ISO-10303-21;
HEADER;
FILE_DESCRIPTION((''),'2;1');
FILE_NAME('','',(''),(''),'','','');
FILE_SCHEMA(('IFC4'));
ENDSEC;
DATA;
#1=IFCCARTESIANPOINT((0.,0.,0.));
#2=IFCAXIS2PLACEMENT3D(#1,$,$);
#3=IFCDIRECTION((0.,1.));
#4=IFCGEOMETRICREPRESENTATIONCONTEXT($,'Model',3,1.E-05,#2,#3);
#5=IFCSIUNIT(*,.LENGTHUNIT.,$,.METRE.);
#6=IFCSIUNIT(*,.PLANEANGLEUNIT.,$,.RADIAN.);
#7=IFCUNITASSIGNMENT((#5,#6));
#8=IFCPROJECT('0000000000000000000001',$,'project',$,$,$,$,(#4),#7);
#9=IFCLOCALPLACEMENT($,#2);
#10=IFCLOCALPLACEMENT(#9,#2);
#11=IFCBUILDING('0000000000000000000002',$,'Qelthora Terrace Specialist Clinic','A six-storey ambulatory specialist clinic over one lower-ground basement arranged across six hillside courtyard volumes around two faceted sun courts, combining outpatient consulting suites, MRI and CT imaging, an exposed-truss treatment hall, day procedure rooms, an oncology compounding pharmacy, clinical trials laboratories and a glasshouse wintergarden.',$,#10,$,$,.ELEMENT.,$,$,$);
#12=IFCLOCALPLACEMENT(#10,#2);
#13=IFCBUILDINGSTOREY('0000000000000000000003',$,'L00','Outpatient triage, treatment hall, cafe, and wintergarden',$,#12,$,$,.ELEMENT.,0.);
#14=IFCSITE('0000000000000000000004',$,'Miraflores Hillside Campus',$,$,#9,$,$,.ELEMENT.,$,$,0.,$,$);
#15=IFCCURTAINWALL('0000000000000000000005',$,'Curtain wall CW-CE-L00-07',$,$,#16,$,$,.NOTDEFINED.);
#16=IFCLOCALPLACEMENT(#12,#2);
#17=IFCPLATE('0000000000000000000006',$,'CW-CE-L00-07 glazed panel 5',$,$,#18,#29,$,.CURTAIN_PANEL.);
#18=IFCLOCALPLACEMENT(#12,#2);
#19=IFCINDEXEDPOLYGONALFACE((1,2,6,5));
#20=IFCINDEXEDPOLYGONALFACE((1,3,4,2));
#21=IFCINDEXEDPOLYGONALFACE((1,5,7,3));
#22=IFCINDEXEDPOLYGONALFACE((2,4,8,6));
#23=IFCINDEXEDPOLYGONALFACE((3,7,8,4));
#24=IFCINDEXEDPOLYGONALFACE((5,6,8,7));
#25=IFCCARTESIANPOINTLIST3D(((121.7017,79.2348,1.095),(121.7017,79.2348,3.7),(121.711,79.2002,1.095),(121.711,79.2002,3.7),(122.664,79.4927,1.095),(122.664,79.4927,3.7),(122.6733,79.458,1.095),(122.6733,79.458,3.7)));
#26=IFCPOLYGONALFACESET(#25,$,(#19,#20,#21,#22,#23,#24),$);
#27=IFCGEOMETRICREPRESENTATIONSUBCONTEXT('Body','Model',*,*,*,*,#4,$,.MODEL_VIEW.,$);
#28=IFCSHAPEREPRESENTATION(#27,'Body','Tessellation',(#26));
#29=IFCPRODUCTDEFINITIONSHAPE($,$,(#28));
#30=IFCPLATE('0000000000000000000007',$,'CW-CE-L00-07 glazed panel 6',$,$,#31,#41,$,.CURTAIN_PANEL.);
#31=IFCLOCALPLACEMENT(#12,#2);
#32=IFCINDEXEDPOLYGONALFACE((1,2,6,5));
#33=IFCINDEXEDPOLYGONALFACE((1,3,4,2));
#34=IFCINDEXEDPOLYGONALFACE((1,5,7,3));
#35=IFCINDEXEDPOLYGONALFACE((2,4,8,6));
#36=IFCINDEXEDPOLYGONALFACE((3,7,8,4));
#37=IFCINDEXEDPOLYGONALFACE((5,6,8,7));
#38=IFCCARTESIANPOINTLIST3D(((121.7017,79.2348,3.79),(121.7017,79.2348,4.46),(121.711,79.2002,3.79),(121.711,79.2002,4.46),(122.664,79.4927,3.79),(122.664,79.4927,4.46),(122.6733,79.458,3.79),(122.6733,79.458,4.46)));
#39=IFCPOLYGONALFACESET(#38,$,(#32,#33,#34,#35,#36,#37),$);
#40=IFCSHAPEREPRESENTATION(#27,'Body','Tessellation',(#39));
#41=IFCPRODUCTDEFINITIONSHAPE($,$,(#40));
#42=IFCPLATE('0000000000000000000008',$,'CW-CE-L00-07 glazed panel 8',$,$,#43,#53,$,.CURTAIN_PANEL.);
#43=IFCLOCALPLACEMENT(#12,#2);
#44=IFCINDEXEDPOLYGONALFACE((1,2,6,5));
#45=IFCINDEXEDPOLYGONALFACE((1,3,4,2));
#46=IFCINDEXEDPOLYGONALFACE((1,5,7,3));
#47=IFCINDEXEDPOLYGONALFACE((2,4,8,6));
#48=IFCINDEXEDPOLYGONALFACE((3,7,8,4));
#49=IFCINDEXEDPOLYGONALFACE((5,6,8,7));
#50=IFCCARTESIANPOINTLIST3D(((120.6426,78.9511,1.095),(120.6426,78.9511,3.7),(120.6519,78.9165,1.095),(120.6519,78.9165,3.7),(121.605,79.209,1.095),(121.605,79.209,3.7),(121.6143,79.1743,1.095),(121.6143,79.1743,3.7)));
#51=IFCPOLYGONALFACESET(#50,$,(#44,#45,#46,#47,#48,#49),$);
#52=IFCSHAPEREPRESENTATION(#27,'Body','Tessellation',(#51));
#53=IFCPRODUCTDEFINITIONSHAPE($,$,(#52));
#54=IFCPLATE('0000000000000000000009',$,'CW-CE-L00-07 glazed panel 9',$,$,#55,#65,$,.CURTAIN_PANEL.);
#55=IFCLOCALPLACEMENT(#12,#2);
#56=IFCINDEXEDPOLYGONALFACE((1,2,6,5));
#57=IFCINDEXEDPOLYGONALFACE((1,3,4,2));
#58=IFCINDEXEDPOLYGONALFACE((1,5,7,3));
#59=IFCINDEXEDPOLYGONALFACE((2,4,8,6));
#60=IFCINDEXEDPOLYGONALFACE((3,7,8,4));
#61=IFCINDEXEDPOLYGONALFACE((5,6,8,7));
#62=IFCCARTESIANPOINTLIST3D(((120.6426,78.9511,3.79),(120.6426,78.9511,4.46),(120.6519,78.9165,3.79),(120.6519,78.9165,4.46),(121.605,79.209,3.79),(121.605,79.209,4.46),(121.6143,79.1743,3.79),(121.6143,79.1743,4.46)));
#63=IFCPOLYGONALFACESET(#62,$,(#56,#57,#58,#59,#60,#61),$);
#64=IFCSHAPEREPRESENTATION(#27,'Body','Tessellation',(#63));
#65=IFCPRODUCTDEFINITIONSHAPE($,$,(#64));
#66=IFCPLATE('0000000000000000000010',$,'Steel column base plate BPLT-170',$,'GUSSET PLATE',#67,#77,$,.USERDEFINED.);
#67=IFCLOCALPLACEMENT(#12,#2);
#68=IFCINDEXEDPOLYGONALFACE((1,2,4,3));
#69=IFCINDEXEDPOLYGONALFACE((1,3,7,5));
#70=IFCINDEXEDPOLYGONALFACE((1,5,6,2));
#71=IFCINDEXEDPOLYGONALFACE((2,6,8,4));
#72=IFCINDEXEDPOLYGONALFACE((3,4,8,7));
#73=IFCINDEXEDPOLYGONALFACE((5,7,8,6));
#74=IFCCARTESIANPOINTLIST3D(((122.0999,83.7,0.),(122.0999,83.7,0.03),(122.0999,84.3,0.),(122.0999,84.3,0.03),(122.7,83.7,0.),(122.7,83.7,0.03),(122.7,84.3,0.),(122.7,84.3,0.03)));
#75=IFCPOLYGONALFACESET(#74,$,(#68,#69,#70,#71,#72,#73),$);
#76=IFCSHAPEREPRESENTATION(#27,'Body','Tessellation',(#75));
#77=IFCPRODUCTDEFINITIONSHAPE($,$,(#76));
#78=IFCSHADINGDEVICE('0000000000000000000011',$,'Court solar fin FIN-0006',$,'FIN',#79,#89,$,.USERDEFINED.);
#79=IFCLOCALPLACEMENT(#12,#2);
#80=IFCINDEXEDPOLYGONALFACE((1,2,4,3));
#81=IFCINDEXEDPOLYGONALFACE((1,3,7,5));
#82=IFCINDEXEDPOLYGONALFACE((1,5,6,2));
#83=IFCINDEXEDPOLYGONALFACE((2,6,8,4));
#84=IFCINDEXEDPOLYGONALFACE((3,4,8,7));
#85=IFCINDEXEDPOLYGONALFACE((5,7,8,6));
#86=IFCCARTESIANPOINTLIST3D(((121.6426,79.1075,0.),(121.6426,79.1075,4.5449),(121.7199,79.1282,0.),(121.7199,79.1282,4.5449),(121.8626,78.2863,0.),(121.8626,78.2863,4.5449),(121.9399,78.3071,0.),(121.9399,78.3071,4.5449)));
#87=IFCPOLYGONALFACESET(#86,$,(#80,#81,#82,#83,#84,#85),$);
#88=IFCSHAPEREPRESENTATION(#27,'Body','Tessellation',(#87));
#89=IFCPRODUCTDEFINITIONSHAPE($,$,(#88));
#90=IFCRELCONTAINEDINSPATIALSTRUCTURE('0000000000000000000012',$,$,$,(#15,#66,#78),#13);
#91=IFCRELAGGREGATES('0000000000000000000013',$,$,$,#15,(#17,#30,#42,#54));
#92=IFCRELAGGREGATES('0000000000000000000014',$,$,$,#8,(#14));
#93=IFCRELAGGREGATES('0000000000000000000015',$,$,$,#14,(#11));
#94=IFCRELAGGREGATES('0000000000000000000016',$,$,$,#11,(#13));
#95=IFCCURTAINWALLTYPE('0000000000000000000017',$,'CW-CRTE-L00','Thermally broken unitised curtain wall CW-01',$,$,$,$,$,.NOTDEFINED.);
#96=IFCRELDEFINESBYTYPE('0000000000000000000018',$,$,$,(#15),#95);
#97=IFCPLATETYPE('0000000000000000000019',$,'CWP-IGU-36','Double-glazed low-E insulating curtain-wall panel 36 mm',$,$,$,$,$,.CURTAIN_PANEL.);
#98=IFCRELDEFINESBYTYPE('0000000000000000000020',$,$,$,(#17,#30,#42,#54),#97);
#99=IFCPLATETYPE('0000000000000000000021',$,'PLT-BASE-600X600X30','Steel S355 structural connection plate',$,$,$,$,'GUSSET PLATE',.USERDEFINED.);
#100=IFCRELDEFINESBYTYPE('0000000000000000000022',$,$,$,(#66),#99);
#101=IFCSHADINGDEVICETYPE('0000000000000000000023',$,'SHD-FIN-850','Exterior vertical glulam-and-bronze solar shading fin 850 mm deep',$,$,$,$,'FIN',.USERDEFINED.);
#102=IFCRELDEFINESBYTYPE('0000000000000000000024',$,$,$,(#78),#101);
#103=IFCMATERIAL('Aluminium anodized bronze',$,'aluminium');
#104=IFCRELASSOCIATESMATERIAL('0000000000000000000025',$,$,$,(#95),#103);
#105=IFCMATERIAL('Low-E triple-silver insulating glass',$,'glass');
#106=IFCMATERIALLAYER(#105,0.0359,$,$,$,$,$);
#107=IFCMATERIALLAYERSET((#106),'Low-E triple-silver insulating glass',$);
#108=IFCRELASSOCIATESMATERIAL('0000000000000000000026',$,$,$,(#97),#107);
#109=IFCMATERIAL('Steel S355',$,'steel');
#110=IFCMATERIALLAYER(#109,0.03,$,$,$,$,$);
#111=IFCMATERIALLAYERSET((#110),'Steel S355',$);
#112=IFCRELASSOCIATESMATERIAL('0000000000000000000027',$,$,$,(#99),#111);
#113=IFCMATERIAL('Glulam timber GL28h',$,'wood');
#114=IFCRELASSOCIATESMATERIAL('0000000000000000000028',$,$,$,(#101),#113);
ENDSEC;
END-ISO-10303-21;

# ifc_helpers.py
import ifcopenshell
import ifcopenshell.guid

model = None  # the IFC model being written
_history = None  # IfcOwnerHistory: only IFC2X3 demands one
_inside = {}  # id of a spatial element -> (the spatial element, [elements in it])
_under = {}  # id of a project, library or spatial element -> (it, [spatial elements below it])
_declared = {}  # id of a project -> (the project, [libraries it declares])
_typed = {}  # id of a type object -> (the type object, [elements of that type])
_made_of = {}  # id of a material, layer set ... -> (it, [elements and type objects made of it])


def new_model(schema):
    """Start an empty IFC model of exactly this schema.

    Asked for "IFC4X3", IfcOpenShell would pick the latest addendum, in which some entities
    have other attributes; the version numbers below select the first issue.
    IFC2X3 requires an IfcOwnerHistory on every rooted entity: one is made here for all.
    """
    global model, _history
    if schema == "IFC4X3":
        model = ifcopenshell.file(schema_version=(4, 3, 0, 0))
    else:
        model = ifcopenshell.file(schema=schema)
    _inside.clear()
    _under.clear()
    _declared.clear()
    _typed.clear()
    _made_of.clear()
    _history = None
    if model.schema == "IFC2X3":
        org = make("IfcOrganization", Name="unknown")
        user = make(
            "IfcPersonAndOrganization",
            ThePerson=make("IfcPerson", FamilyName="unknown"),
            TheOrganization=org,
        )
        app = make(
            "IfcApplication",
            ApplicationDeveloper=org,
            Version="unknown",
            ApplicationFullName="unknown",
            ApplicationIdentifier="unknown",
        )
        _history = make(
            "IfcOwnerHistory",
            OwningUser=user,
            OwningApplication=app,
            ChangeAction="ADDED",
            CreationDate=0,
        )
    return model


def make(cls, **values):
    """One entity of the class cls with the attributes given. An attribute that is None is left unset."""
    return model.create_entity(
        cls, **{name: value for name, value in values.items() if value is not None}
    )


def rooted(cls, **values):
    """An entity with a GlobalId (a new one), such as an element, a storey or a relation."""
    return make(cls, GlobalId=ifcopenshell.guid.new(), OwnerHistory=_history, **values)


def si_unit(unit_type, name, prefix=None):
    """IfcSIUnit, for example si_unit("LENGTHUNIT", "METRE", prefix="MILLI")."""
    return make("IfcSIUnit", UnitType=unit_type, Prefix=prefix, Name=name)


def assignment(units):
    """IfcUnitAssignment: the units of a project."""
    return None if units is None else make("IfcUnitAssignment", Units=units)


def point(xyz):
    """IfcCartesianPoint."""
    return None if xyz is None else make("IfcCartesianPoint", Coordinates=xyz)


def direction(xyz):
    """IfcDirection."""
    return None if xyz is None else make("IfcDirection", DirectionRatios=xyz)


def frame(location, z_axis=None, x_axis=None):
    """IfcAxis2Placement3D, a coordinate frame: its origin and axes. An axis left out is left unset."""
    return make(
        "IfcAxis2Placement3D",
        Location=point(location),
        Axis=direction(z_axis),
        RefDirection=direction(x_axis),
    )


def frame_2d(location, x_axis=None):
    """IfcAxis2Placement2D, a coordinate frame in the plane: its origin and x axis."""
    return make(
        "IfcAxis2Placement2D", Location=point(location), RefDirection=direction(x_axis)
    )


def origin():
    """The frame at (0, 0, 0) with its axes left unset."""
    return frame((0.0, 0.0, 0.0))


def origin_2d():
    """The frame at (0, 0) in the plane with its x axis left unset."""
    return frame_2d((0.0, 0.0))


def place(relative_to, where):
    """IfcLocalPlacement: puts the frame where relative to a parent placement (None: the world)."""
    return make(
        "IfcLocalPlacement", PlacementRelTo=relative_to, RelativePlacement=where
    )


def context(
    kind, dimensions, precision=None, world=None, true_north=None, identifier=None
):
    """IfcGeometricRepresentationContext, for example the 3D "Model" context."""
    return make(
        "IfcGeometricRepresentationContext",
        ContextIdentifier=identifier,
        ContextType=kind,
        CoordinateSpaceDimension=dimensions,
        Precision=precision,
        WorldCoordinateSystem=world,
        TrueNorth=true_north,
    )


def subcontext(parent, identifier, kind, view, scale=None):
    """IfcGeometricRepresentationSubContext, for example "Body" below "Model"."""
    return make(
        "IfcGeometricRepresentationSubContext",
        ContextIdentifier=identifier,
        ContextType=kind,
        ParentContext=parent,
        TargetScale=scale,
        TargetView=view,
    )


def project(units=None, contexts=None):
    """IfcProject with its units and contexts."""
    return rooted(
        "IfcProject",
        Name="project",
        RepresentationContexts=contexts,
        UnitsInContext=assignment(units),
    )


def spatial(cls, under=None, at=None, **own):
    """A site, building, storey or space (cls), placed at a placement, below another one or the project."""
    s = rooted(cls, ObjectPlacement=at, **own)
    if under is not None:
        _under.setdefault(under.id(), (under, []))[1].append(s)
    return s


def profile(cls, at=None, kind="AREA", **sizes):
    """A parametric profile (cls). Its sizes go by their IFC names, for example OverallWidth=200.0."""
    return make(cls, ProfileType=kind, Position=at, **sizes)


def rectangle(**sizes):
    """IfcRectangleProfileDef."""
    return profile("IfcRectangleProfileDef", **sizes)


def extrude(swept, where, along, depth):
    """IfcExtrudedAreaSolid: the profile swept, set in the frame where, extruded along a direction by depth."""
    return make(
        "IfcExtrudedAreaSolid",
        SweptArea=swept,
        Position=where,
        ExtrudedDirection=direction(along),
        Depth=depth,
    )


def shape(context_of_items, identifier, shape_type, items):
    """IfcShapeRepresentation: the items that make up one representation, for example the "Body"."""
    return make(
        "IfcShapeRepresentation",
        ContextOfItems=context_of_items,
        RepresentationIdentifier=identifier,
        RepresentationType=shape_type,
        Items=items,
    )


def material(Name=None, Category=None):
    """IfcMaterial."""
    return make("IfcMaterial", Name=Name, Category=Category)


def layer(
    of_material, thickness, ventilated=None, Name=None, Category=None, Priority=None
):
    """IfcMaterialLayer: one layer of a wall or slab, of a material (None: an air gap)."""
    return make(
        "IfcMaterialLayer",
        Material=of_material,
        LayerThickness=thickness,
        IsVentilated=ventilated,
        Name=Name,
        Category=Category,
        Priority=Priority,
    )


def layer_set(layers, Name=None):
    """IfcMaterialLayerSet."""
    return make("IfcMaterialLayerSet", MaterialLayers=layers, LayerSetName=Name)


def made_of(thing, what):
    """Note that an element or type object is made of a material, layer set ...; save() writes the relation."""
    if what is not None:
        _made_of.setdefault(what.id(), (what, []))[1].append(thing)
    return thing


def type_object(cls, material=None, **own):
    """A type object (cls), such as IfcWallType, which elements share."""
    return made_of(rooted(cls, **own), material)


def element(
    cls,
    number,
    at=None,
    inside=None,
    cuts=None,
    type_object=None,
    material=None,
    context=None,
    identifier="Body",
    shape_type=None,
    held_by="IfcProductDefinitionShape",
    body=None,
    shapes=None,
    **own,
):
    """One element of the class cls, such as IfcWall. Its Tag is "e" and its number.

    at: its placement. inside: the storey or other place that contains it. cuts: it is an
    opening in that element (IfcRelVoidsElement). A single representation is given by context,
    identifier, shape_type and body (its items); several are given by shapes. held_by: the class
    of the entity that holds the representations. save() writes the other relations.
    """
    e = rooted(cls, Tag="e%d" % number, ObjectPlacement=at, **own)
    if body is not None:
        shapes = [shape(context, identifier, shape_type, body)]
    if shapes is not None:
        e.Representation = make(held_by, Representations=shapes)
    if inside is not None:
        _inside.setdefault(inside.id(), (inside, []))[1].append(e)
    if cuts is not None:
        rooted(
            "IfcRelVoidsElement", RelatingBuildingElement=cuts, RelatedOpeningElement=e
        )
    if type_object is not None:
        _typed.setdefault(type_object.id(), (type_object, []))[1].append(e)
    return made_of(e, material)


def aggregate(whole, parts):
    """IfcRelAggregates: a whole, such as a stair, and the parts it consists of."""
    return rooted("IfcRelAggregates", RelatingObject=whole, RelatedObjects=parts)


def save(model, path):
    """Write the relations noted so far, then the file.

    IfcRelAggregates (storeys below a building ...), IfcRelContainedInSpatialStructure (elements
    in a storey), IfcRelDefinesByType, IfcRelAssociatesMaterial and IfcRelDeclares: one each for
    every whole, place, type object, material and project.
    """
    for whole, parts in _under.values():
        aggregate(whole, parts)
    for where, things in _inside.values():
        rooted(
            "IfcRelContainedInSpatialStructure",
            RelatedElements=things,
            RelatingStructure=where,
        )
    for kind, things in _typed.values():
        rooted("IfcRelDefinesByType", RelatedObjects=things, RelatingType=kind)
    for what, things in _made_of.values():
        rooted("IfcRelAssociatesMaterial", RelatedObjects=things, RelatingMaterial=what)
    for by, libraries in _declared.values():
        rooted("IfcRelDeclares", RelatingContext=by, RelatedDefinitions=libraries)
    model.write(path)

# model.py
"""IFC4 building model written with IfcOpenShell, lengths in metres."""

from ifc_helpers import new_model, si_unit, direction, frame, origin, origin_2d, place, context, subcontext, project, spatial, rectangle, extrude, material, layer, layer_set, type_object, element, aggregate, save


model = new_model("IFC4")

# Units and contexts
model_context = context("Model", 3, precision=1e-05, world=origin(), true_north=direction((0.0, 1.0)))
body_context = subcontext(model_context, "Body", "Model", "MODEL_VIEW")
ifc_project = project(units=[si_unit("LENGTHUNIT", "METRE"), si_unit("PLANEANGLEUNIT", "RADIAN")], contexts=[model_context])

# Site, building, storey
site_placement = place(None, origin())
site = spatial("IfcSite", under=ifc_project, at=site_placement, Name="Miraflores Hillside Campus", CompositionType="ELEMENT", RefElevation=0.0)
building_placement = place(site_placement, origin())
building = spatial("IfcBuilding", under=site, at=building_placement, Name="Qelthora Terrace Specialist Clinic", Description="A six-storey ambulatory specialist clinic over one lower-ground basement arranged across six hillside courtyard volumes around two faceted sun courts, combining outpatient consulting suites, MRI and CT imaging, an exposed-truss treatment hall, day procedure rooms, an oncology compounding pharmacy, clinical trials laboratories and a glasshouse wintergarden.", CompositionType="ELEMENT")
storey_placement = place(building_placement, origin())
storey = spatial("IfcBuildingStorey", under=building, at=storey_placement, Name="L00", Description="Outpatient triage, treatment hall, cafe, and wintergarden", CompositionType="ELEMENT", Elevation=0.0)

# Shared definitions
ifc_material_1 = material(Name="Steel S355", Category="steel")

# Curtain wall
ifc_material_2 = material(Name="Aluminium anodized bronze", Category="aluminium")
curtain_wall_type = type_object("IfcCurtainWallType", Name="CW-CRTE-L00", Description="Thermally broken unitised curtain wall CW-01", PredefinedType="NOTDEFINED", material=ifc_material_2)
curtain_wall_1_placement = place(storey_placement, origin())
curtain_wall_1 = element("IfcCurtainWall", 1, at=curtain_wall_1_placement, inside=storey, type_object=curtain_wall_type, Name="Curtain wall CW-CE-L00-07", PredefinedType="NOTDEFINED")

# Plates
ifc_material_3 = material(Name="Low-E triple-silver insulating glass", Category="glass")
ifc_layer_1 = layer(ifc_material_3, 0.0359)
ifc_layer_set_1 = layer_set([ifc_layer_1], Name="Low-E triple-silver insulating glass")
plate_type_1 = type_object("IfcPlateType", Name="CWP-IGU-36", Description="Double-glazed low-E insulating curtain-wall panel 36 mm", PredefinedType="CURTAIN_PANEL", material=ifc_layer_set_1)
plate_1_placement = place(storey_placement, frame((122.1875, 79.3464, 1.095), z_axis=(0.0, 0.0, 1.0), x_axis=(-0.965926, -0.258819, 0.0)))
plate_1 = element("IfcPlate", 2, at=plate_1_placement, type_object=plate_type_1, Name="CW-CE-L00-07 glazed panel 5", PredefinedType="CURTAIN_PANEL", context=body_context, shape_type="SweptSolid", body=[
    extrude(rectangle(XDim=0.9963, YDim=0.0359, at=origin_2d()), origin(), (0.0, 0.0, 1.0), 2.605),
])
plate_2_placement = place(storey_placement, frame((122.1875, 79.3464, 3.79), z_axis=(0.0, 0.0, 1.0), x_axis=(-0.965926, -0.258819, 0.0)))
plate_2 = element("IfcPlate", 3, at=plate_2_placement, type_object=plate_type_1, Name="CW-CE-L00-07 glazed panel 6", PredefinedType="CURTAIN_PANEL", context=body_context, shape_type="SweptSolid", body=[
    extrude(rectangle(XDim=0.9963, YDim=0.0359, at=origin_2d()), origin(), (0.0, 0.0, 1.0), 0.6699),
])
plate_3_placement = place(storey_placement, frame((121.1284, 79.0627, 1.095), z_axis=(0.0, 0.0, 1.0), x_axis=(-0.965926, -0.258819, 0.0)))
plate_3 = element("IfcPlate", 4, at=plate_3_placement, type_object=plate_type_1, Name="CW-CE-L00-07 glazed panel 8", PredefinedType="CURTAIN_PANEL", context=body_context, shape_type="SweptSolid", body=[
    extrude(rectangle(XDim=0.9963, YDim=0.0359, at=origin_2d()), origin(), (0.0, 0.0, 1.0), 2.605),
])
plate_4_placement = place(storey_placement, frame((121.1284, 79.0627, 3.79), z_axis=(0.0, 0.0, 1.0), x_axis=(-0.965926, -0.258819, 0.0)))
plate_4 = element("IfcPlate", 5, at=plate_4_placement, type_object=plate_type_1, Name="CW-CE-L00-07 glazed panel 9", PredefinedType="CURTAIN_PANEL", context=body_context, shape_type="SweptSolid", body=[
    extrude(rectangle(XDim=0.9963, YDim=0.0359, at=origin_2d()), origin(), (0.0, 0.0, 1.0), 0.6699),
])
aggregate(curtain_wall_1, [plate_1, plate_2, plate_3, plate_4])
ifc_layer_2 = layer(ifc_material_1, 0.03)
ifc_layer_set_2 = layer_set([ifc_layer_2], Name="Steel S355")
plate_type_2 = type_object("IfcPlateType", Name="PLT-BASE-600X600X30", Description="Steel S355 structural connection plate", ElementType="GUSSET PLATE", PredefinedType="USERDEFINED", material=ifc_layer_set_2)
plate_5_placement = place(storey_placement, frame((122.3999, 84.0, 0.0), z_axis=(0.0, 0.0, 1.0), x_axis=(1.0, 0.0, 0.0)))
element("IfcPlate", 6, at=plate_5_placement, inside=storey, type_object=plate_type_2, Name="Steel column base plate BPLT-170", ObjectType="GUSSET PLATE", PredefinedType="USERDEFINED", context=body_context, shape_type="SweptSolid", body=[
    extrude(rectangle(XDim=0.6001, YDim=0.6001, at=origin_2d()), origin(), (0.0, 0.0, 1.0), 0.03),
])

# Shading device
ifc_material_4 = material(Name="Glulam timber GL28h", Category="wood")
shading_device_type = type_object("IfcShadingDeviceType", Name="SHD-FIN-850", Description="Exterior vertical glulam-and-bronze solar shading fin 850 mm deep", ElementType="FIN", PredefinedType="USERDEFINED", material=ifc_material_4)
shading_device_placement = place(storey_placement, frame((121.7913, 78.7073, 0.0), z_axis=(0.0, 0.0, 1.0), x_axis=(0.258819, -0.965926, 0.0)))
element("IfcShadingDevice", 7, at=shading_device_placement, inside=storey, type_object=shading_device_type, Name="Court solar fin FIN-0006", ObjectType="FIN", PredefinedType="USERDEFINED", context=body_context, shape_type="SweptSolid", body=[
    extrude(rectangle(XDim=0.8501, YDim=0.0801, at=origin_2d()), origin(), (0.0, 0.0, 1.0), 4.5449),
])

save(model, "model.ifc")
